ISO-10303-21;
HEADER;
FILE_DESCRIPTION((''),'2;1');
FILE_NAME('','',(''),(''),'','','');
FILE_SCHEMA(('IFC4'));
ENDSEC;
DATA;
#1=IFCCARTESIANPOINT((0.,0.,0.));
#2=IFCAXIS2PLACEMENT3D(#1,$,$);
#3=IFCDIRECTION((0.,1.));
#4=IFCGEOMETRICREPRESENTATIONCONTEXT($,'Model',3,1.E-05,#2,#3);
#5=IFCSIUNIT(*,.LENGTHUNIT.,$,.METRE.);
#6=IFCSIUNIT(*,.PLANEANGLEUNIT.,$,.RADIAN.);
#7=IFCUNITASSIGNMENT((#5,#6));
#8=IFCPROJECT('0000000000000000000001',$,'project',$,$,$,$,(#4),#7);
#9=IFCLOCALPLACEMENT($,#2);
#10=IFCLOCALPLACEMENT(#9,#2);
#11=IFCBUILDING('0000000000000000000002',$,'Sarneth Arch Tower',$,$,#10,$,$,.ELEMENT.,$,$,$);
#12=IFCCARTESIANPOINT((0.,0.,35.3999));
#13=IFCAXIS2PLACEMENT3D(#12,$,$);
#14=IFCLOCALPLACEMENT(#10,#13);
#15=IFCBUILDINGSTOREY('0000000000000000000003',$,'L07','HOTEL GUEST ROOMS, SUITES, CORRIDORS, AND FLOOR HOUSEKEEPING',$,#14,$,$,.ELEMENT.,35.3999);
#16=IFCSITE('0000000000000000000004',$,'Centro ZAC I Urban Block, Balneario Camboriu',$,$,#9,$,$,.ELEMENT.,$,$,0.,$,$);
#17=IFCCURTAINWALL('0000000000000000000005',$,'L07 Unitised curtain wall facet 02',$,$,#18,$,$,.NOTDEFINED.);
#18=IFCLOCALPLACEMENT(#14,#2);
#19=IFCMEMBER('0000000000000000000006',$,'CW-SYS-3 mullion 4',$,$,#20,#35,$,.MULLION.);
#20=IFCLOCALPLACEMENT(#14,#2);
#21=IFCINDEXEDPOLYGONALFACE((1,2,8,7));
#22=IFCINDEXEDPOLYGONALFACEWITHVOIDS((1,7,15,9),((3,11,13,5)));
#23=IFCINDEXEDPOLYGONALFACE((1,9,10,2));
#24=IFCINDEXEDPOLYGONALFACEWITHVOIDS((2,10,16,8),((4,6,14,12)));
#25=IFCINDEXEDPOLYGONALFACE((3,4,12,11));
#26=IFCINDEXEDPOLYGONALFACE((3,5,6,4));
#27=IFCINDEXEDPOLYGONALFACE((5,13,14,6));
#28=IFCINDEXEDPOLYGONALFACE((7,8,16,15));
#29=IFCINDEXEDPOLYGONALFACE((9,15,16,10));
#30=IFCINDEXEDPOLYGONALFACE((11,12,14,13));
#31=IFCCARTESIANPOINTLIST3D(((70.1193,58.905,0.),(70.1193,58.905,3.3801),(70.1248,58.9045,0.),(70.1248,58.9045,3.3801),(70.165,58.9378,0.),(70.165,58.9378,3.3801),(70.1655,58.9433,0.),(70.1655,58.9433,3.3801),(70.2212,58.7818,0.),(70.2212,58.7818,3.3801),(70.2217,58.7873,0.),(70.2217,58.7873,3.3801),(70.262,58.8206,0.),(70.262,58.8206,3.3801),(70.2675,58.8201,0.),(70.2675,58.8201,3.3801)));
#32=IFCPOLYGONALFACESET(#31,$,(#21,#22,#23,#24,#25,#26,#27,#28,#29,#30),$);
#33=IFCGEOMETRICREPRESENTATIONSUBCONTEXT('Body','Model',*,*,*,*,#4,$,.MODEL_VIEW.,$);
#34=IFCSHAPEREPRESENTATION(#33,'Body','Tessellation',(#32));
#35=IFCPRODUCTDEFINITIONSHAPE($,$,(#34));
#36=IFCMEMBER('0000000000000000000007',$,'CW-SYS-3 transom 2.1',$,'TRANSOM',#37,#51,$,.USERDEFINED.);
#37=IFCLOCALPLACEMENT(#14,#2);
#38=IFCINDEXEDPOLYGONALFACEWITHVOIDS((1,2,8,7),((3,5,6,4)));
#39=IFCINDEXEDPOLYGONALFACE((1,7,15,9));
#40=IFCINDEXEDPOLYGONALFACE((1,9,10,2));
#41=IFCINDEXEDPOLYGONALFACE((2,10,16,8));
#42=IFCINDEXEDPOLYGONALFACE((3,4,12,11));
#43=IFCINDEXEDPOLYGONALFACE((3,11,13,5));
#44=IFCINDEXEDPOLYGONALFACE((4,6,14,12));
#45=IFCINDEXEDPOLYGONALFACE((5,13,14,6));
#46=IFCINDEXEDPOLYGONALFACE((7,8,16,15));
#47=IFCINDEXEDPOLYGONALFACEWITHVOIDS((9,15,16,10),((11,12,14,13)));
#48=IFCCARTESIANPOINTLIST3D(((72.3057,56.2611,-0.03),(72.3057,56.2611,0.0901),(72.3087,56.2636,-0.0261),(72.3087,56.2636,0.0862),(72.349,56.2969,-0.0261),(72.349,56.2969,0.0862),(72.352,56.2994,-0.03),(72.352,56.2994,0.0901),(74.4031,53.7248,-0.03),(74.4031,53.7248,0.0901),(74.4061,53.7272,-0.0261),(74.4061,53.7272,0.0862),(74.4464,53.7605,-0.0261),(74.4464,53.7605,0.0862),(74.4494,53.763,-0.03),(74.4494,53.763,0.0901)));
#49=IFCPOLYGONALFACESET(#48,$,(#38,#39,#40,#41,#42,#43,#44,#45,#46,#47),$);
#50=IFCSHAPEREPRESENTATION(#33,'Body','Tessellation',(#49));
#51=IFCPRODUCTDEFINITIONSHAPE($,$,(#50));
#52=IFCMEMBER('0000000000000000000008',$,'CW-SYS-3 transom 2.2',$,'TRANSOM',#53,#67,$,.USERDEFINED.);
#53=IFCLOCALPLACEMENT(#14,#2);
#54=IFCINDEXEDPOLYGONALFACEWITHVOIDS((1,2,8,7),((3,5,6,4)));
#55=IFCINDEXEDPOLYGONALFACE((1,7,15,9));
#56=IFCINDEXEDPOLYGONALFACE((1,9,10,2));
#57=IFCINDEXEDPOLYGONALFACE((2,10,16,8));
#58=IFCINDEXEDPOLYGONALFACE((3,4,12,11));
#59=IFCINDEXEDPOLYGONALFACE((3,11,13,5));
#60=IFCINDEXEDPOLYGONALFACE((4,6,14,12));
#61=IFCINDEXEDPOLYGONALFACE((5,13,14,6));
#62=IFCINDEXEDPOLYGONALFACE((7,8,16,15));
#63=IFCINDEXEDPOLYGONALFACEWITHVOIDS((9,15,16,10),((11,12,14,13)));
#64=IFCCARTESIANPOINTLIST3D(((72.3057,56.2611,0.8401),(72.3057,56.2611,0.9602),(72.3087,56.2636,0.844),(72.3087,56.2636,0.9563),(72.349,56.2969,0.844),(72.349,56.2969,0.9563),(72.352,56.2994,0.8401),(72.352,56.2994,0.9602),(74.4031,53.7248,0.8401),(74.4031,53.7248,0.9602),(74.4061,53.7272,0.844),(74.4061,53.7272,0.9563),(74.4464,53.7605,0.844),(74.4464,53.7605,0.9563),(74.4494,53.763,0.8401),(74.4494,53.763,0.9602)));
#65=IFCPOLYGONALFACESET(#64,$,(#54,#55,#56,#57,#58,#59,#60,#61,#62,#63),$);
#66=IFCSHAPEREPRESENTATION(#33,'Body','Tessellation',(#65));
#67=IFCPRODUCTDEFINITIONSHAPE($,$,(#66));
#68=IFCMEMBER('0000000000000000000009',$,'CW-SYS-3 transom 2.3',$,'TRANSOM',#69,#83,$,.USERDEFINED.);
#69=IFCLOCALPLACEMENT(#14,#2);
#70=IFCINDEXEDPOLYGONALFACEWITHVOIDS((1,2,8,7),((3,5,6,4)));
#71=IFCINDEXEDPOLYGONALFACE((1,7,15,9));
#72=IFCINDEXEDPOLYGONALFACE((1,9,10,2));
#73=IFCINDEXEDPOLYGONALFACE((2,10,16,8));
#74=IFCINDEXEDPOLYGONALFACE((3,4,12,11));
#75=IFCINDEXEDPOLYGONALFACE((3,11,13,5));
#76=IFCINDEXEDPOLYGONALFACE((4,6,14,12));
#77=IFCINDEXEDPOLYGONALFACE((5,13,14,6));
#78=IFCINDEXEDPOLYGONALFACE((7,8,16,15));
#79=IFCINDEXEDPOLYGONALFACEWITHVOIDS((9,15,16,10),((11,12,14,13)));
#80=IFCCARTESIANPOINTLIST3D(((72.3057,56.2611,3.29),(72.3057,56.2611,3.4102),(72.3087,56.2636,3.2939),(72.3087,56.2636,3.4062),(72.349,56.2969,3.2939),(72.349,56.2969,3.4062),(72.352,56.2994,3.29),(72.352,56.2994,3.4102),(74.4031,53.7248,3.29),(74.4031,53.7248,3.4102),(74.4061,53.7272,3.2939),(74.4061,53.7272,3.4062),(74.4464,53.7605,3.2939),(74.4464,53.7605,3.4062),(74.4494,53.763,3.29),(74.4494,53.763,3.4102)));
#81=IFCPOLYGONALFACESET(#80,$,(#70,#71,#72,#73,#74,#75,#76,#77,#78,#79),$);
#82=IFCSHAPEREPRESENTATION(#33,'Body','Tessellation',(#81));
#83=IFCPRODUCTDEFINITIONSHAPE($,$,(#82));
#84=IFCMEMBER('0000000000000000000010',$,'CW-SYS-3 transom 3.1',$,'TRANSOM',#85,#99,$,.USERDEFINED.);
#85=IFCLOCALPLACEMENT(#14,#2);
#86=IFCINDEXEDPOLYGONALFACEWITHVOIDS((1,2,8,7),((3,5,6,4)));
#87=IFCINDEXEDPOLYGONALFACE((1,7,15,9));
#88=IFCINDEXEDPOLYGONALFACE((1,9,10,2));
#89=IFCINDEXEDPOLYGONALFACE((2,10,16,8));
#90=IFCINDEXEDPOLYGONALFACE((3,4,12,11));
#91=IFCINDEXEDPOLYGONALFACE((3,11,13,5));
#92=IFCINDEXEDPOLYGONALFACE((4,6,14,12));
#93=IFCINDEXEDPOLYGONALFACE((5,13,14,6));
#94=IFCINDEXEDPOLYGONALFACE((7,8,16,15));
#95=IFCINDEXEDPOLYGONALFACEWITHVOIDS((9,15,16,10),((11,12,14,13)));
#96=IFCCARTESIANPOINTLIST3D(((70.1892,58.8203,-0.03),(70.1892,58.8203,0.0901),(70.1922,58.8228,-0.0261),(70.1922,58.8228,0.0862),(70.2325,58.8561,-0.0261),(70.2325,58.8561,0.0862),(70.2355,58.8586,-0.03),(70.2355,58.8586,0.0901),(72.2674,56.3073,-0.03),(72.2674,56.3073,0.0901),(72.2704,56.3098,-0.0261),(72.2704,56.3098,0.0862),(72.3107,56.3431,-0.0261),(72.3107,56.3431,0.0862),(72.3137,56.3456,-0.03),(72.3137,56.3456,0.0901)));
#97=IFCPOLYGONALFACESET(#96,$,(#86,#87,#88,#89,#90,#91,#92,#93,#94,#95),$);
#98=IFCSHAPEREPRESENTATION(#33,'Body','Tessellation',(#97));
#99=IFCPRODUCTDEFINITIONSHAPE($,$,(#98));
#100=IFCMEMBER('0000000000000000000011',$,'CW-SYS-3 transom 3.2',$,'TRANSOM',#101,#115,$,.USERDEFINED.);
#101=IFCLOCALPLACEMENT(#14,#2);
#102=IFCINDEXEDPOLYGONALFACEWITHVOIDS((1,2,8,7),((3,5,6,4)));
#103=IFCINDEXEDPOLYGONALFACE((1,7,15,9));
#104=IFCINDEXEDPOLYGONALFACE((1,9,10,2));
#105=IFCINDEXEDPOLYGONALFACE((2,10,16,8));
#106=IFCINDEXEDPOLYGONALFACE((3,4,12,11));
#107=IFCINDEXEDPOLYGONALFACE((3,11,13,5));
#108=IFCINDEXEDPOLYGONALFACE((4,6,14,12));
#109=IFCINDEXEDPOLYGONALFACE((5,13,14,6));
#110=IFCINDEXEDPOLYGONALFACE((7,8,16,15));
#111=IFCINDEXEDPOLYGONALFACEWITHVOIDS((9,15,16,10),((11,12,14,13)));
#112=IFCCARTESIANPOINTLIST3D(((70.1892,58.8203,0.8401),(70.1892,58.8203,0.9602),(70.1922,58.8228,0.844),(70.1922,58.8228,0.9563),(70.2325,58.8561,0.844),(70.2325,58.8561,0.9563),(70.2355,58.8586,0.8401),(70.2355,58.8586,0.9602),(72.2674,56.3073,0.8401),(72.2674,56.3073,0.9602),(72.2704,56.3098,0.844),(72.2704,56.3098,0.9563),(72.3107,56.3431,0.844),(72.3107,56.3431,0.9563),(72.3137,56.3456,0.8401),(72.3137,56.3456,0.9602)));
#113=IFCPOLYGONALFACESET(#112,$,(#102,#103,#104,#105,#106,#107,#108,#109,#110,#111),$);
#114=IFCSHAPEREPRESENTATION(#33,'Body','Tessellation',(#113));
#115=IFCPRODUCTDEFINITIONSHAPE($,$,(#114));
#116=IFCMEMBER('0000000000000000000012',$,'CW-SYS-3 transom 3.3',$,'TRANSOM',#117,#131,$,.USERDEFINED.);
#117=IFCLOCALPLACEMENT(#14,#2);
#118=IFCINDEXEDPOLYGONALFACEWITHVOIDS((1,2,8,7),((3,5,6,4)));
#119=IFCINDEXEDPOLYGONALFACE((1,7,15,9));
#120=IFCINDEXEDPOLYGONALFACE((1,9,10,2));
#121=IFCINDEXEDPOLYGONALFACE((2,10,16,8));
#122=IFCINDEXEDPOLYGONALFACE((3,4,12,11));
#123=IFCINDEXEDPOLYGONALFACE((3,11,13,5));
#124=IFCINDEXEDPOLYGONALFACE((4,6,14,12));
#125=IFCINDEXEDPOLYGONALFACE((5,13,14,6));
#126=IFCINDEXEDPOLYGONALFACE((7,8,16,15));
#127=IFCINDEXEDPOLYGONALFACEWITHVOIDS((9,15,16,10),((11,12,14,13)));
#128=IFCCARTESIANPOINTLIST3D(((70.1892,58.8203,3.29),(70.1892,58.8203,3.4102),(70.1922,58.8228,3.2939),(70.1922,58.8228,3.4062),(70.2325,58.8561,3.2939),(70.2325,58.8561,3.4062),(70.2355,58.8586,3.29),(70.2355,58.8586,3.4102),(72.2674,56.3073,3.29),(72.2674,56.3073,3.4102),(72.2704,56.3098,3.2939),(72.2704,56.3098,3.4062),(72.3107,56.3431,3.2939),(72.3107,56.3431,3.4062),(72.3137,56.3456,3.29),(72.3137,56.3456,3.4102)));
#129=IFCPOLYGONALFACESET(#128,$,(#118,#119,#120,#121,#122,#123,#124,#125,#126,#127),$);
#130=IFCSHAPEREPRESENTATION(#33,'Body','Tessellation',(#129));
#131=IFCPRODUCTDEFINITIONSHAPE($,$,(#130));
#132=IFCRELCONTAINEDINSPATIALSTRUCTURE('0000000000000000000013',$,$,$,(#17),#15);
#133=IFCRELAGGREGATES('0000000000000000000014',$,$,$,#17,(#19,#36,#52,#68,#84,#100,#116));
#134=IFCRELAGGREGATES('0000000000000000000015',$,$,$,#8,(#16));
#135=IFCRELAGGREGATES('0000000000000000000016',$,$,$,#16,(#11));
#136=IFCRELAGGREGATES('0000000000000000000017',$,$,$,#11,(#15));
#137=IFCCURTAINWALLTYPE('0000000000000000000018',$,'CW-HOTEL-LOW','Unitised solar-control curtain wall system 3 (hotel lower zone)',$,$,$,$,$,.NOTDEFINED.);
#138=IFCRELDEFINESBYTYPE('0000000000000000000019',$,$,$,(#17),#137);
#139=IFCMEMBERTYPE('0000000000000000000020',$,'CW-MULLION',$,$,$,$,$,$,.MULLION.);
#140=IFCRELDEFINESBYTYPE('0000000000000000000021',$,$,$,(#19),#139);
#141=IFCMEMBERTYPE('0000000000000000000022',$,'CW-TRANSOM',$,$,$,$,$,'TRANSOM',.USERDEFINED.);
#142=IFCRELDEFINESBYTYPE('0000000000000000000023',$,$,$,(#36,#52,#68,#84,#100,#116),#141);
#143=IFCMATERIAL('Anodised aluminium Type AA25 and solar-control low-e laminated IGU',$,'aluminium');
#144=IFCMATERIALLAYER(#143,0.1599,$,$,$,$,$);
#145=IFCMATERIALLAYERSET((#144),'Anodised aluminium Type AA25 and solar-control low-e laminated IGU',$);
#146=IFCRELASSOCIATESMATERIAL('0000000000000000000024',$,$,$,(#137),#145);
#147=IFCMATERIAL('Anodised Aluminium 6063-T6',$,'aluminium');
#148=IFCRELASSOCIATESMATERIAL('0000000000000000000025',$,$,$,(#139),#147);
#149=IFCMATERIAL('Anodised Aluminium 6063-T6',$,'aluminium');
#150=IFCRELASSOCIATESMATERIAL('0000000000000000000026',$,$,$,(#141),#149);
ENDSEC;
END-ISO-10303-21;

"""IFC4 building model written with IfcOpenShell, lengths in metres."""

from ifc_helpers import new_model, si_unit, direction, frame, origin, origin_2d, place, context, subcontext, project, spatial, hollow_rectangle, extrude, material, layer, layer_set, material_profile, profile_set, type_object, element, aggregate, save


model = new_model("IFC4")

# Units and contexts
model_context = context("Model", 3, precision=1e-05, world=origin(), true_north=direction((0.0, 1.0)))
body_context = subcontext(model_context, "Body", "Model", "MODEL_VIEW")
ifc_project = project(units=[si_unit("LENGTHUNIT", "METRE"), si_unit("PLANEANGLEUNIT", "RADIAN")], contexts=[model_context])

# Site, building, storey
site_placement = place(None, origin())
site = spatial("IfcSite", under=ifc_project, at=site_placement, Name="Centro ZAC I Urban Block, Balneario Camboriu", CompositionType="ELEMENT", RefElevation=0.0)
building_placement = place(site_placement, origin())
building = spatial("IfcBuilding", under=site, at=building_placement, Name="Sarneth Arch Tower", CompositionType="ELEMENT")
storey_placement = place(building_placement, frame((0.0, 0.0, 35.3999)))
storey = spatial("IfcBuildingStorey", under=building, at=storey_placement, Name="L07", Description="HOTEL GUEST ROOMS, SUITES, CORRIDORS, AND FLOOR HOUSEKEEPING", CompositionType="ELEMENT", Elevation=35.3999)

# Curtain wall, members
ifc_material_1 = material(Name="Anodised aluminium Type AA25 and solar-control low-e laminated IGU", Category="aluminium")
ifc_layer_1 = layer(ifc_material_1, 0.1599)
ifc_layer_set_1 = layer_set([ifc_layer_1], Name="Anodised aluminium Type AA25 and solar-control low-e laminated IGU")
curtain_wall_type = type_object("IfcCurtainWallType", Name="CW-HOTEL-LOW", Description="Unitised solar-control curtain wall system 3 (hotel lower zone)", PredefinedType="NOTDEFINED", material=ifc_layer_set_1)
curtain_wall_placement = place(storey_placement, origin())
curtain_wall = element("IfcCurtainWall", 1, at=curtain_wall_placement, inside=storey, type_object=curtain_wall_type, Name="L07 Unitised curtain wall facet 02", PredefinedType="NOTDEFINED")
ifc_material_2 = material(Name="Anodised Aluminium 6063-T6", Category="aluminium")
ifc_material_profile_1 = material_profile(ifc_material_2, hollow_rectangle(XDim=0.0601, YDim=0.1599, WallThickness=0.0039, at=origin_2d()), Name="AL-MULL-160x60x4")
ifc_profile_set_1 = profile_set([ifc_material_profile_1], Name="Anodised Aluminium 6063-T6")
member_type_1 = type_object("IfcMemberType", Name="CW-MULLION", PredefinedType="MULLION", material=ifc_profile_set_1)
member_1_placement = place(storey_placement, frame((70.1934, 58.8625, 0.0), z_axis=(0.0, 0.0, 1.0), x_axis=(-0.770623, -0.637291, 0.0)))
member_1 = element("IfcMember", 2, at=member_1_placement, type_object=member_type_1, Name="CW-SYS-3 mullion 4", PredefinedType="MULLION", context=body_context, shape_type="SweptSolid", body=[
    extrude(hollow_rectangle(XDim=0.0601, YDim=0.1599, WallThickness=0.0039, at=origin_2d()), origin(), (0.0, 0.0, 1.0), 3.3801),
])
ifc_material_3 = material(Name="Anodised Aluminium 6063-T6", Category="aluminium")
ifc_material_profile_2 = material_profile(ifc_material_3, hollow_rectangle(XDim=0.0601, YDim=0.1201, WallThickness=0.0039, at=origin_2d()), Name="AL-TRAN-120x60x4")
ifc_profile_set_2 = profile_set([ifc_material_profile_2], Name="Anodised Aluminium 6063-T6")
member_type_2 = type_object("IfcMemberType", Name="CW-TRANSOM", ElementType="TRANSOM", PredefinedType="USERDEFINED", material=ifc_profile_set_2)
member_2_placement = place(storey_placement, frame((74.4263, 53.7439, 0.03), z_axis=(-0.637269, 0.770642, 0.0), x_axis=(-0.770642, -0.637269, 0.0)))
member_2 = element("IfcMember", 3, at=member_2_placement, type_object=member_type_2, Name="CW-SYS-3 transom 2.1", ObjectType="TRANSOM", PredefinedType="USERDEFINED", context=body_context, shape_type="SweptSolid", body=[
    extrude(hollow_rectangle(XDim=0.0601, YDim=0.1201, WallThickness=0.0039, at=origin_2d()), origin(), (0.0, 0.0, 1.0), 3.2913),
])
member_3_placement = place(storey_placement, frame((74.4263, 53.7439, 0.9001), z_axis=(-0.637269, 0.770642, 0.0), x_axis=(-0.770642, -0.637269, 0.0)))
member_3 = element("IfcMember", 4, at=member_3_placement, type_object=member_type_2, Name="CW-SYS-3 transom 2.2", ObjectType="TRANSOM", PredefinedType="USERDEFINED", context=body_context, shape_type="SweptSolid", body=[
    extrude(hollow_rectangle(XDim=0.0601, YDim=0.1201, WallThickness=0.0039, at=origin_2d()), origin(), (0.0, 0.0, 1.0), 3.2913),
])
member_4_placement = place(storey_placement, frame((74.4263, 53.7439, 3.3501), z_axis=(-0.637269, 0.770642, 0.0), x_axis=(-0.770642, -0.637269, 0.0)))
member_4 = element("IfcMember", 5, at=member_4_placement, type_object=member_type_2, Name="CW-SYS-3 transom 2.3", ObjectType="TRANSOM", PredefinedType="USERDEFINED", context=body_context, shape_type="SweptSolid", body=[
    extrude(hollow_rectangle(XDim=0.0601, YDim=0.1201, WallThickness=0.0039, at=origin_2d()), origin(), (0.0, 0.0, 1.0), 3.2913),
])
member_5_placement = place(storey_placement, frame((72.2905, 56.3264, 0.03), z_axis=(-0.637286, 0.770628, 0.0), x_axis=(-0.770628, -0.637286, 0.0)))
member_5 = element("IfcMember", 6, at=member_5_placement, type_object=member_type_2, Name="CW-SYS-3 transom 3.1", ObjectType="TRANSOM", PredefinedType="USERDEFINED", context=body_context, shape_type="SweptSolid", body=[
    extrude(hollow_rectangle(XDim=0.0601, YDim=0.1201, WallThickness=0.0039, at=origin_2d()), origin(), (0.0, 0.0, 1.0), 3.261),
])
member_6_placement = place(storey_placement, frame((72.2905, 56.3264, 0.9001), z_axis=(-0.637286, 0.770628, 0.0), x_axis=(-0.770628, -0.637286, 0.0)))
member_6 = element("IfcMember", 7, at=member_6_placement, type_object=member_type_2, Name="CW-SYS-3 transom 3.2", ObjectType="TRANSOM", PredefinedType="USERDEFINED", context=body_context, shape_type="SweptSolid", body=[
    extrude(hollow_rectangle(XDim=0.0601, YDim=0.1201, WallThickness=0.0039, at=origin_2d()), origin(), (0.0, 0.0, 1.0), 3.261),
])
member_7_placement = place(storey_placement, frame((72.2905, 56.3264, 3.3501), z_axis=(-0.637286, 0.770628, 0.0), x_axis=(-0.770628, -0.637286, 0.0)))
member_7 = element("IfcMember", 8, at=member_7_placement, type_object=member_type_2, Name="CW-SYS-3 transom 3.3", ObjectType="TRANSOM", PredefinedType="USERDEFINED", context=body_context, shape_type="SweptSolid", body=[
    extrude(hollow_rectangle(XDim=0.0601, YDim=0.1201, WallThickness=0.0039, at=origin_2d()), origin(), (0.0, 0.0, 1.0), 3.261),
])

aggregate(curtain_wall, [member_1, member_2, member_3, member_4, member_5, member_6, member_7])

save(model, "model.ifc")
